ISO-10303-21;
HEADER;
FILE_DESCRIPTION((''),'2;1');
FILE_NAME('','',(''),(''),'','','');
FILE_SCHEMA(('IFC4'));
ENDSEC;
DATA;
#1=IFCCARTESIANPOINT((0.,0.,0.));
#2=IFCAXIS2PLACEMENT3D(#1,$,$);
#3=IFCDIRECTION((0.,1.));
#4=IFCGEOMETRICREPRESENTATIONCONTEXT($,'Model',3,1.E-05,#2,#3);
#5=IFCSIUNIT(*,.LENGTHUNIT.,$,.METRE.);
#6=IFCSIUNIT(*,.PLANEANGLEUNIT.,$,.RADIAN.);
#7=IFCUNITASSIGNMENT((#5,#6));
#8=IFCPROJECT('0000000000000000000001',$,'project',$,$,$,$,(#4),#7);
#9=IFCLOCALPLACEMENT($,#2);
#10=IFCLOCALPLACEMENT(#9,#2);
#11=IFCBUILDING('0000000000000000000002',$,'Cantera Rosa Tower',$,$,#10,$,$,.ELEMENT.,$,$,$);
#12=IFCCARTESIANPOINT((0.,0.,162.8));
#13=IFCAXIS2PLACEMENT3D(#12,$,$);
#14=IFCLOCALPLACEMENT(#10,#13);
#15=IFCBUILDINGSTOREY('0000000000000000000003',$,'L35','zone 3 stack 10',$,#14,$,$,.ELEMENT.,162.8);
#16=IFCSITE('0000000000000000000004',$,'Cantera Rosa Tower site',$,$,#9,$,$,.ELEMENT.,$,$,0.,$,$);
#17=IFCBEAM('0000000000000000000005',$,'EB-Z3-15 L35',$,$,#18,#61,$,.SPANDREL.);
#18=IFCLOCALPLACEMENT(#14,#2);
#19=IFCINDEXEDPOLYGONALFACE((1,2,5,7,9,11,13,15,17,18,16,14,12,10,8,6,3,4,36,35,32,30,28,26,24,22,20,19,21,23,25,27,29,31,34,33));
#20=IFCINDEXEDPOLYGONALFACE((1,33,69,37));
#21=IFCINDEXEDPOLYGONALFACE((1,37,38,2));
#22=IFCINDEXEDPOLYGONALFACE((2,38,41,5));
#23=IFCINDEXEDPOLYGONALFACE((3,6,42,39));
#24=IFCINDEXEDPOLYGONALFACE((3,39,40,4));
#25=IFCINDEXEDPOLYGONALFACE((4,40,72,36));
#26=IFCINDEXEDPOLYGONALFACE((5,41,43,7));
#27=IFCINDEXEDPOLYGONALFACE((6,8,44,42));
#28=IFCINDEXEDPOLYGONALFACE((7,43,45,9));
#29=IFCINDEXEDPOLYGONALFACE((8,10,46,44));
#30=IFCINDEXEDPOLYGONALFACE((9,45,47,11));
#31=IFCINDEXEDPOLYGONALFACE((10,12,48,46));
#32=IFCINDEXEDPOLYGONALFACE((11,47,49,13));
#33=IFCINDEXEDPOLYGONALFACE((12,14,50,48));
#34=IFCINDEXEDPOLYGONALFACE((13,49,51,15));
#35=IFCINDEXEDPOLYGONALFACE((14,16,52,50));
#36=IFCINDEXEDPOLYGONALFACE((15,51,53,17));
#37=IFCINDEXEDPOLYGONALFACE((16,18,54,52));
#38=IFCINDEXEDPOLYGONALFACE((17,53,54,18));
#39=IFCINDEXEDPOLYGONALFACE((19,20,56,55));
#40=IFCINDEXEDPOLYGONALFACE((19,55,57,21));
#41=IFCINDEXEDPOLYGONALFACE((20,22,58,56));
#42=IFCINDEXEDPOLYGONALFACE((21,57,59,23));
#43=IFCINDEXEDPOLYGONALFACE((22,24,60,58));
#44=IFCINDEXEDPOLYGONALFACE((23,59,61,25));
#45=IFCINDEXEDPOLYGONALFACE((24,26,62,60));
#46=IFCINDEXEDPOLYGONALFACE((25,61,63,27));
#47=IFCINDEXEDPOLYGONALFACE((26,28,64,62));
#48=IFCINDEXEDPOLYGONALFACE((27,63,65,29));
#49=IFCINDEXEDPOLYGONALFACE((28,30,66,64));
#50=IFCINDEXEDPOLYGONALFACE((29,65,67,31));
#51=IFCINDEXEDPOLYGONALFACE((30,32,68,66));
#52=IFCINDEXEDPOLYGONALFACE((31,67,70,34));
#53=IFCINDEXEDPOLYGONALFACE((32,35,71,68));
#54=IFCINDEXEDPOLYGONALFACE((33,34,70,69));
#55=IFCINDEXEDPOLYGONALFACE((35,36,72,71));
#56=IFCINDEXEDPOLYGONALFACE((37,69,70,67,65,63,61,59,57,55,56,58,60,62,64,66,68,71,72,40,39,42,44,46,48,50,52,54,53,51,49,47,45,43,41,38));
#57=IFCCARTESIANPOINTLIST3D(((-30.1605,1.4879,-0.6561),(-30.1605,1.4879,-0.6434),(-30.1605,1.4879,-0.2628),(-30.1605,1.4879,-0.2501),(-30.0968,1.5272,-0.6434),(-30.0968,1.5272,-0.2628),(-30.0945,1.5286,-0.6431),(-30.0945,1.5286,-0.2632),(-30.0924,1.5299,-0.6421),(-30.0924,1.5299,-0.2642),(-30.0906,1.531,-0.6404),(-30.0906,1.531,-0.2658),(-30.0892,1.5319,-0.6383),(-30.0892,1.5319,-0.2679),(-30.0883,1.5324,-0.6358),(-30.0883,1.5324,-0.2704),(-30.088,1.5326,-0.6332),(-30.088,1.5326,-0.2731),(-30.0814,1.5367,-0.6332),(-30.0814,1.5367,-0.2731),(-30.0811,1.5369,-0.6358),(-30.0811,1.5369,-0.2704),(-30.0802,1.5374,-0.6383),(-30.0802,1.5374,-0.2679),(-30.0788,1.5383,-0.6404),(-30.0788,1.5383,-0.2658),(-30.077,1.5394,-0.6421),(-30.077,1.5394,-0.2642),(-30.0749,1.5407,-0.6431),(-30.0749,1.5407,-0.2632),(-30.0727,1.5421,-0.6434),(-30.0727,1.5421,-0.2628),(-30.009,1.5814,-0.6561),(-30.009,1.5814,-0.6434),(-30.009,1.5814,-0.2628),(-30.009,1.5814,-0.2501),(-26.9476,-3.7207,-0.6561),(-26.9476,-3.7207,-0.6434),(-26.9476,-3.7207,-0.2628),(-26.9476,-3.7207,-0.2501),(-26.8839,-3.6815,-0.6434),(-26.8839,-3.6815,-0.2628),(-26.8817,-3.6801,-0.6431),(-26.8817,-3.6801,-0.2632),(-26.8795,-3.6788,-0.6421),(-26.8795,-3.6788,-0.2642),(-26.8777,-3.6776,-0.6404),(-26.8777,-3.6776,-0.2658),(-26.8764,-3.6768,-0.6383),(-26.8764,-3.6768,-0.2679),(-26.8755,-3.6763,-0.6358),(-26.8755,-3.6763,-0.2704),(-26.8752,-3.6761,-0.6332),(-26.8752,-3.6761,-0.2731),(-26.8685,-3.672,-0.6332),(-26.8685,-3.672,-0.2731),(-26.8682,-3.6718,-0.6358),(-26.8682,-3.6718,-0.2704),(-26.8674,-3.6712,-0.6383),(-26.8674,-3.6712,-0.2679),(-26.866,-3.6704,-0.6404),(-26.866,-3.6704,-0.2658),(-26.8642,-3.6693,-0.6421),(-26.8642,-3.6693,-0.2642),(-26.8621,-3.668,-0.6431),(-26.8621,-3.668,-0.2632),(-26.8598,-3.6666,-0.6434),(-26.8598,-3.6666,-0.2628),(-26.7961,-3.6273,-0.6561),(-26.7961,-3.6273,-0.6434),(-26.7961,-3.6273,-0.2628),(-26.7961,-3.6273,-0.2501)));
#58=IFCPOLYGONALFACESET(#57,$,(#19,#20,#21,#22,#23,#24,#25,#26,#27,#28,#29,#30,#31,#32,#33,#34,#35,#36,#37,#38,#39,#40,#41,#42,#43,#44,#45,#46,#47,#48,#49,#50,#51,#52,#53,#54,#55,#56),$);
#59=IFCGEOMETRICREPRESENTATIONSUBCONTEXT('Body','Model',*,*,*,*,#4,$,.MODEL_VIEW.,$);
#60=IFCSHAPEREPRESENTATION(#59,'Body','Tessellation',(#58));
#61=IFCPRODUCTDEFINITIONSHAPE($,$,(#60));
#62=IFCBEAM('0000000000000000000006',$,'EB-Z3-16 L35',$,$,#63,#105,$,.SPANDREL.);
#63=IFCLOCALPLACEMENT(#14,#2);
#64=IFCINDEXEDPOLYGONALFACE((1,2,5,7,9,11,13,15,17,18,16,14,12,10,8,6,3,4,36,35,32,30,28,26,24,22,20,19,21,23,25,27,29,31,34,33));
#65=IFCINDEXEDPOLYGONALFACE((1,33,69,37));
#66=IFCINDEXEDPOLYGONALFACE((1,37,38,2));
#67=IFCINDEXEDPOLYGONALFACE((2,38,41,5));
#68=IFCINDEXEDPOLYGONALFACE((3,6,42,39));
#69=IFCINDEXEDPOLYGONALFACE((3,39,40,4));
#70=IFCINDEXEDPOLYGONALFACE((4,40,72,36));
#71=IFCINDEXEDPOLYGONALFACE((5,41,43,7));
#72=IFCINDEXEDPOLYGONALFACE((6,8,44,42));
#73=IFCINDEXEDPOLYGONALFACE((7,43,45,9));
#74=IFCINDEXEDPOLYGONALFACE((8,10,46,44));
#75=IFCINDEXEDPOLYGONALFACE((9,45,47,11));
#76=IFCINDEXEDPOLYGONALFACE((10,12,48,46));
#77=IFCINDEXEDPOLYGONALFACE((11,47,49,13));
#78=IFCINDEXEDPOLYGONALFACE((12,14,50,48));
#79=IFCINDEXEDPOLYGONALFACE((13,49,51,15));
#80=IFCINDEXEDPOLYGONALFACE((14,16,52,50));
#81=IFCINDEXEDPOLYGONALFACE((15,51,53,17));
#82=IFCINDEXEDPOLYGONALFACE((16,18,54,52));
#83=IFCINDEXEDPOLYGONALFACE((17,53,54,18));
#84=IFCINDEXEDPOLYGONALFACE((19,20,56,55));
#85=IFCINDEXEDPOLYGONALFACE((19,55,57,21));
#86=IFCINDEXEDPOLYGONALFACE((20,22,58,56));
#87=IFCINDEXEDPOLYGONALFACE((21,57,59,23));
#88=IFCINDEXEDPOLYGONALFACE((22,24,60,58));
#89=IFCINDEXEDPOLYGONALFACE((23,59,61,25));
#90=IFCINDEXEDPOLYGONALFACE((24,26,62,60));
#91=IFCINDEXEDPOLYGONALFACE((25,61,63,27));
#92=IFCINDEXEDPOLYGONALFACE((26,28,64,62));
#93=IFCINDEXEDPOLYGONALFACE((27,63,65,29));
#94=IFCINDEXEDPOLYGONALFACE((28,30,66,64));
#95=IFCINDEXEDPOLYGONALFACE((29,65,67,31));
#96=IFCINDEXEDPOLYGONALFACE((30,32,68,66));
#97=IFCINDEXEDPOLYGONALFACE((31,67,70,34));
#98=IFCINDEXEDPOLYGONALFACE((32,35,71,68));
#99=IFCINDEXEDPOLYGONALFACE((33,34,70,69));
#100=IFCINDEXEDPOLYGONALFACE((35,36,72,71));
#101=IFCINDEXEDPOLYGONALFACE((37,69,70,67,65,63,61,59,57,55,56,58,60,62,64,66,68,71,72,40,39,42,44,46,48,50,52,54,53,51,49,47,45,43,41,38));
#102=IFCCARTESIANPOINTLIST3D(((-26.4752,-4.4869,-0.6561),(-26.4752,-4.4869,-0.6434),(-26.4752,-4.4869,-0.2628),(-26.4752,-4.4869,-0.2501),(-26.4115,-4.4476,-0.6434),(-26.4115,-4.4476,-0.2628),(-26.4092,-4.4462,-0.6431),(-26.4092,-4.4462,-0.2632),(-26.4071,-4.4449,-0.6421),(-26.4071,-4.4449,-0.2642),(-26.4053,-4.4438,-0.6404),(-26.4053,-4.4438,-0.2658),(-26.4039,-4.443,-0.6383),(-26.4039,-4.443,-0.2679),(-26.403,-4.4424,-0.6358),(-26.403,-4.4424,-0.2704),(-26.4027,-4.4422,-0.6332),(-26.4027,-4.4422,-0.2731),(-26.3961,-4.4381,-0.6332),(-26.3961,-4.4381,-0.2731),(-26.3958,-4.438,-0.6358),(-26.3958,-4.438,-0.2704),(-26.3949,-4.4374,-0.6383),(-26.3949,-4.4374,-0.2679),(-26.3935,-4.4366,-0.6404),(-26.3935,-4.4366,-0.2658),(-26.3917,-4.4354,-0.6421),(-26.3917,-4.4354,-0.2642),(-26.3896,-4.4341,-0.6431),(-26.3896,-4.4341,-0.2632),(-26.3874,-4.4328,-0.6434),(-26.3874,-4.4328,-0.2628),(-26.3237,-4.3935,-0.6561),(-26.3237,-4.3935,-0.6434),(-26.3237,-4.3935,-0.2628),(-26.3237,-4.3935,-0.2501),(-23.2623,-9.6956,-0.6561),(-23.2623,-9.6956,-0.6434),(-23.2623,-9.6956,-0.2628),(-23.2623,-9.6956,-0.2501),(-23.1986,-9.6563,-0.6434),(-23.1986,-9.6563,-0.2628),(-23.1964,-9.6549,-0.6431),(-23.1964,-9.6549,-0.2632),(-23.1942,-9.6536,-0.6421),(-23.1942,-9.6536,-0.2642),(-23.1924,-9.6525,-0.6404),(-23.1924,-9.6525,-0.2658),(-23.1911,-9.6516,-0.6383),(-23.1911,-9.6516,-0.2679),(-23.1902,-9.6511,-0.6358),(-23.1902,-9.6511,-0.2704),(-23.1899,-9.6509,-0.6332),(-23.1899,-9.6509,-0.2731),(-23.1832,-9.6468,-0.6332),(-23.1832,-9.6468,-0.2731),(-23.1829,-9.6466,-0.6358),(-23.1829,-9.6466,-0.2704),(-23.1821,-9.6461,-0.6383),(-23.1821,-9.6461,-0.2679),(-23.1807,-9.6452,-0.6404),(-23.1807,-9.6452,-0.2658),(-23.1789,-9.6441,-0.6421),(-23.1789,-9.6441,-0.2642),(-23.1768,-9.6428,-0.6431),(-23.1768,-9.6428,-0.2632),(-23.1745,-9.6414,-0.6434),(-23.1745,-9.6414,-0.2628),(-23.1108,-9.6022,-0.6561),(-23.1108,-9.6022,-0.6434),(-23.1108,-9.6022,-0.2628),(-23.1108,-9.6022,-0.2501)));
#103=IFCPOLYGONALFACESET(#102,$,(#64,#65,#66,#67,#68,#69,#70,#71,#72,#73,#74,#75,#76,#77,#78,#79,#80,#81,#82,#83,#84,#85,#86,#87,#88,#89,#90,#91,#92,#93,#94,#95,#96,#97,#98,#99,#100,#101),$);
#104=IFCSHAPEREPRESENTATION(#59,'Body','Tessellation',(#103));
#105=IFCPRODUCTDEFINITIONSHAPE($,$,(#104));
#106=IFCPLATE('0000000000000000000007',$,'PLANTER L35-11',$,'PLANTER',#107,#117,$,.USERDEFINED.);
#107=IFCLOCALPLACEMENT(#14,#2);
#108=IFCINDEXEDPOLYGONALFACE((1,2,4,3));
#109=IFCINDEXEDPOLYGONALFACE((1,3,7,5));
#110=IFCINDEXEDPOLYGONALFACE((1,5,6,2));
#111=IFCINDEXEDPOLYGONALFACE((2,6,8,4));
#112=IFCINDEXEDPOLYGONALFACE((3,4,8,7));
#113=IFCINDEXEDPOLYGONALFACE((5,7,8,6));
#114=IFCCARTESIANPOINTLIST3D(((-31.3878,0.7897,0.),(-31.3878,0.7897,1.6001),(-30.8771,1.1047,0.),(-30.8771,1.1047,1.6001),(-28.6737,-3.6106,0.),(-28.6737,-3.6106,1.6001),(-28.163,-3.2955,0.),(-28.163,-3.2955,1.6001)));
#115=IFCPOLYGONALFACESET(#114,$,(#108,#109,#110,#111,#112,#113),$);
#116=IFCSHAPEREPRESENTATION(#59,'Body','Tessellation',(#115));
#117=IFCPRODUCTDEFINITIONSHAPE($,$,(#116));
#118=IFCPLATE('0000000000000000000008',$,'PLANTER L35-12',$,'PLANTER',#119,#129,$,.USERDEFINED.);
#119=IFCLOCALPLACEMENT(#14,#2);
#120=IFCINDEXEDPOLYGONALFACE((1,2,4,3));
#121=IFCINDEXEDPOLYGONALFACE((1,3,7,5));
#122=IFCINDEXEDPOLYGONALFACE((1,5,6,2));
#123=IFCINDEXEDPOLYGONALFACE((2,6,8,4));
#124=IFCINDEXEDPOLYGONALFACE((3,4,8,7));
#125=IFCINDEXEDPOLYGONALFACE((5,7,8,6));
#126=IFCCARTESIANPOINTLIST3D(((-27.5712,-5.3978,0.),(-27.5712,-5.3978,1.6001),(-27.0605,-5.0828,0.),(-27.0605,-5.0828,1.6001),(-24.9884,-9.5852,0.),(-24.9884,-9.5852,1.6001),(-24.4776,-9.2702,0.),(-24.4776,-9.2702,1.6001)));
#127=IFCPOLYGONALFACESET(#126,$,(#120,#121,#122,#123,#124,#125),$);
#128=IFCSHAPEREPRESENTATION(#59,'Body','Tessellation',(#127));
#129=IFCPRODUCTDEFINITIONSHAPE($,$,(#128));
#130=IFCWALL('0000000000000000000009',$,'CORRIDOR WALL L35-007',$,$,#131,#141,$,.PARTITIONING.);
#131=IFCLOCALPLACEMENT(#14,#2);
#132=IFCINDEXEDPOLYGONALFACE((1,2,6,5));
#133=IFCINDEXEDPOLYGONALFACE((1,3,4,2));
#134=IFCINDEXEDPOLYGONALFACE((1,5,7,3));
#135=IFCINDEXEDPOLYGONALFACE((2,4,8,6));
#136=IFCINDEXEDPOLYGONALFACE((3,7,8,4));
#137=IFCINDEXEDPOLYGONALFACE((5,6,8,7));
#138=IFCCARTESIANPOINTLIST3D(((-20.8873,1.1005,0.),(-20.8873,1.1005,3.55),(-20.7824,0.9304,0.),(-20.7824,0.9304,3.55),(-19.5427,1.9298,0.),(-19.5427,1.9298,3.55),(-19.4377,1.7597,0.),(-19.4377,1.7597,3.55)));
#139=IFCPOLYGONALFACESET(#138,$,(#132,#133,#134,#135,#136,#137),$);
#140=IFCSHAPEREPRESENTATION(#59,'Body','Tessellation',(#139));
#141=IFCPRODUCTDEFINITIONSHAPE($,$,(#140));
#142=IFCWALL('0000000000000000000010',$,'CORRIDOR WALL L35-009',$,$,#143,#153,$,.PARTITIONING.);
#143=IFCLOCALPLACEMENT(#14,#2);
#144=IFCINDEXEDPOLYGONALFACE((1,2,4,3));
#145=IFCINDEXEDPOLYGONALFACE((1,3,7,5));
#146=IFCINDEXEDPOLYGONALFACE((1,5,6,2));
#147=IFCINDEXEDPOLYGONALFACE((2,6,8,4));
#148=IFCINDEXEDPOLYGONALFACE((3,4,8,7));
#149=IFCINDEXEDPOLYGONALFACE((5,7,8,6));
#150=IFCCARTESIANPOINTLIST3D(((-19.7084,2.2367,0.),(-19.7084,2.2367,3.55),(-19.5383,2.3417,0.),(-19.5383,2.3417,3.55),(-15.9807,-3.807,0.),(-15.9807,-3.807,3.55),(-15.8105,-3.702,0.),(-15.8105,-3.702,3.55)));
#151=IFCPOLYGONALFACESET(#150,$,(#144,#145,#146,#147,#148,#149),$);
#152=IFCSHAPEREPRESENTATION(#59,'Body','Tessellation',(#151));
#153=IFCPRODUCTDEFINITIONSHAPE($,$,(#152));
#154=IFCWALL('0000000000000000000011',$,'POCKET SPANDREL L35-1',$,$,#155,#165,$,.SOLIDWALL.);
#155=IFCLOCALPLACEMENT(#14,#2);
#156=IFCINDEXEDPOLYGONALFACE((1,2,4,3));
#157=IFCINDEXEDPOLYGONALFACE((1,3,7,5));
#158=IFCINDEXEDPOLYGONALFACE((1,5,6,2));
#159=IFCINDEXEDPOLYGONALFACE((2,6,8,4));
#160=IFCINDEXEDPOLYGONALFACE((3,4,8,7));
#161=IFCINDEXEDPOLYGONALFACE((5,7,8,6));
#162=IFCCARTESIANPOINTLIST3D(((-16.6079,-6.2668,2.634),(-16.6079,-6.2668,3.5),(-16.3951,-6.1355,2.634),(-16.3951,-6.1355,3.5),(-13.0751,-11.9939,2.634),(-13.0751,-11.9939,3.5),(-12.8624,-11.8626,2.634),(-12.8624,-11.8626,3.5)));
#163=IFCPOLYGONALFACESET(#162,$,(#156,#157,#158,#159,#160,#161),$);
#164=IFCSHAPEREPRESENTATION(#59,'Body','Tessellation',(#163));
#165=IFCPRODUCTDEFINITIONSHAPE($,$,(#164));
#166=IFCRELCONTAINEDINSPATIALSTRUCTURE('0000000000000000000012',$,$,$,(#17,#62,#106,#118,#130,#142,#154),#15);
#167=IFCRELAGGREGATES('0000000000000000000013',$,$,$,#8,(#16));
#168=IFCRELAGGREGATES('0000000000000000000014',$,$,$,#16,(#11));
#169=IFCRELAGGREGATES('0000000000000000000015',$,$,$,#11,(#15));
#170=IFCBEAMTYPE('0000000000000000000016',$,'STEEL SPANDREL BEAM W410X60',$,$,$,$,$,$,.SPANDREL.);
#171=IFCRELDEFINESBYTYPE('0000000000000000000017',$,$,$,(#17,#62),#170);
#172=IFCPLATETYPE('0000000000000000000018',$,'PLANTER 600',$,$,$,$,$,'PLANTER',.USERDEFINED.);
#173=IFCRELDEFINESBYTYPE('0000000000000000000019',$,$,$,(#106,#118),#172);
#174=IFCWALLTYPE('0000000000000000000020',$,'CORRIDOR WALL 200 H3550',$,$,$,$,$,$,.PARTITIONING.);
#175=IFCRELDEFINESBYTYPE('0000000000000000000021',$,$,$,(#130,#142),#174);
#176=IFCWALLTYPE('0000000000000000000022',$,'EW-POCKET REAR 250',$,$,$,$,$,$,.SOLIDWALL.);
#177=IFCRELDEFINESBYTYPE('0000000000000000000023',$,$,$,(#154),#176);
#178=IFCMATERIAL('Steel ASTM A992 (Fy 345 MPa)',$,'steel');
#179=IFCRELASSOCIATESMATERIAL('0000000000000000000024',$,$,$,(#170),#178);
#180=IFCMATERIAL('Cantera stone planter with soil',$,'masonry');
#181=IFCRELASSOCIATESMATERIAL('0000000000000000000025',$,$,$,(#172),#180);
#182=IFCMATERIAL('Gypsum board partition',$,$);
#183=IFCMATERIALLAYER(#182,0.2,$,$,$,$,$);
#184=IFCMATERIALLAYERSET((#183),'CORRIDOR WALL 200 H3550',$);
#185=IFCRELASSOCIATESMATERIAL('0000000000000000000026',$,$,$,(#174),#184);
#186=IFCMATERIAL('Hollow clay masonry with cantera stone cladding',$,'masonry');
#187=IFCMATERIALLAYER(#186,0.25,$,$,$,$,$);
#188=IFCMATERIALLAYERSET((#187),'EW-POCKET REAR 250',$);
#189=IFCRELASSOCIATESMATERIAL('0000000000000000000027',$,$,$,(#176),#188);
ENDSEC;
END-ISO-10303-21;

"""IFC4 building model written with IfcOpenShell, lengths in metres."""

from ifc_helpers import new_model, si_unit, direction, frame, frame_2d, origin, origin_2d, place, context, subcontext, project, spatial, rectangle, i_section, extrude, material, layer, layer_set, material_profile, profile_set, type_object, element, save


model = new_model("IFC4")

# Units and contexts
model_context = context("Model", 3, precision=1e-05, world=origin(), true_north=direction((0.0, 1.0)))
body_context = subcontext(model_context, "Body", "Model", "MODEL_VIEW")
ifc_project = project(units=[si_unit("LENGTHUNIT", "METRE"), si_unit("PLANEANGLEUNIT", "RADIAN")], contexts=[model_context])

# Site, building, storey
site_placement = place(None, origin())
site = spatial("IfcSite", under=ifc_project, at=site_placement, Name="Cantera Rosa Tower site", CompositionType="ELEMENT", RefElevation=0.0)
building_placement = place(site_placement, origin())
building = spatial("IfcBuilding", under=site, at=building_placement, Name="Cantera Rosa Tower", CompositionType="ELEMENT")
storey_placement = place(building_placement, frame((0.0, 0.0, 162.8)))
storey = spatial("IfcBuildingStorey", under=building, at=storey_placement, Name="L35", Description="zone 3 stack 10", CompositionType="ELEMENT", Elevation=162.8)

# Beams
ifc_material_1 = material(Name="Steel ASTM A992 (Fy 345 MPa)", Category="steel")
ifc_material_profile_1 = material_profile(ifc_material_1, i_section(OverallWidth=0.178, OverallDepth=0.406, WebThickness=0.0078, FlangeThickness=0.0127, FilletRadius=0.0103, at=origin_2d()), Name="W410X60")
ifc_profile_set_1 = profile_set([ifc_material_profile_1], Name="Steel ASTM A992 (Fy 345 MPa)")
beam_type_1 = type_object("IfcBeamType", Name="STEEL SPANDREL BEAM W410X60", PredefinedType="SPANDREL", material=ifc_profile_set_1)
for number, where, z_axis, x_axis, name in (
    (1, (-30.0847, 1.5347, -0.4531), (0.524987, -0.85111, 0.0), (0.85111, 0.524987, 0.0), "EB-Z3-15 L35"),
    (2, (-26.3994, -4.4402, -0.4531), (0.524987, -0.85111, 0.0), (0.85111, 0.524987, 0.0), "EB-Z3-16 L35"),
):
    element("IfcBeam", number, at=place(storey_placement, frame(where, z_axis=z_axis, x_axis=x_axis)), inside=storey, type_object=beam_type_1, Name=name, PredefinedType="SPANDREL", context=body_context, shape_type="SweptSolid", body=[
        extrude(i_section(OverallWidth=0.178, OverallDepth=0.406, WebThickness=0.0078, FlangeThickness=0.0127, FilletRadius=0.0103, at=origin_2d()), origin(), (0.0, 0.0, 1.0), 6.1199),
    ])

# Plates
ifc_material_2 = material(Name="Cantera stone planter with soil", Category="masonry")
plate_type = type_object("IfcPlateType", Name="PLANTER 600", ElementType="PLANTER", PredefinedType="USERDEFINED", material=ifc_material_2)
plate_1_placement = place(storey_placement, frame((-29.7754, -1.2529, 0.0), z_axis=(0.0, 0.0, 1.0), x_axis=(0.524977, -0.851117, 0.0)))
element("IfcPlate", 3, at=plate_1_placement, inside=storey, type_object=plate_type, Name="PLANTER L35-11", ObjectType="PLANTER", PredefinedType="USERDEFINED", context=body_context, shape_type="SweptSolid", body=[
    extrude(rectangle(XDim=5.1699, YDim=0.6001, at=origin_2d()), origin(), (0.0, 0.0, 1.0), 1.6001),
])
plate_2_placement = place(storey_placement, frame((-26.0244, -7.334, 0.0), z_axis=(0.0, 0.0, 1.0), x_axis=(0.524977, -0.851117, 0.0)))
element("IfcPlate", 4, at=plate_2_placement, inside=storey, type_object=plate_type, Name="PLANTER L35-12", ObjectType="PLANTER", PredefinedType="USERDEFINED", context=body_context, shape_type="SweptSolid", body=[
    extrude(rectangle(XDim=4.9199, YDim=0.6001, at=origin_2d()), origin(), (0.0, 0.0, 1.0), 1.6001),
])

# Walls
ifc_material_3 = material(Name="Gypsum board partition")
ifc_layer_1 = layer(ifc_material_3, 0.2)
ifc_layer_set_1 = layer_set([ifc_layer_1], Name="CORRIDOR WALL 200 H3550")
wall_type_1 = type_object("IfcWallType", Name="CORRIDOR WALL 200 H3550", PredefinedType="PARTITIONING", material=ifc_layer_set_1)
wall_1_placement = place(storey_placement, frame((-20.835, 1.0154, 0.0), z_axis=(0.0, 0.0, 1.0), x_axis=(0.851143, 0.524933, 0.0)))
element("IfcWall", 5, at=wall_1_placement, inside=storey, type_object=wall_type_1, Name="CORRIDOR WALL L35-007", PredefinedType="PARTITIONING", context=body_context, shape_type="SweptSolid", body=[
    extrude(rectangle(XDim=1.5798, YDim=0.2, at=frame_2d((0.79, 0.0))), origin(), (0.0, 0.0, 1.0), 3.55),
])
wall_2_placement = place(storey_placement, frame((-19.6233, 2.2891, 0.0), z_axis=(0.0, 0.0, 1.0), x_axis=(0.524974, -0.851118, 0.0)))
element("IfcWall", 6, at=wall_2_placement, inside=storey, type_object=wall_type_1, Name="CORRIDOR WALL L35-009", PredefinedType="PARTITIONING", context=body_context, shape_type="SweptSolid", body=[
    extrude(rectangle(XDim=7.1008, YDim=0.2, at=frame_2d((3.5503, 0.0))), origin(), (0.0, 0.0, 1.0), 3.55),
])

# Wall
ifc_material_4 = material(Name="Hollow clay masonry with cantera stone cladding", Category="masonry")
ifc_layer_2 = layer(ifc_material_4, 0.25)
ifc_layer_set_2 = layer_set([ifc_layer_2], Name="EW-POCKET REAR 250")
wall_type_2 = type_object("IfcWallType", Name="EW-POCKET REAR 250", PredefinedType="SOLIDWALL", material=ifc_layer_set_2)
wall_3_placement = place(storey_placement, frame((-16.5015, -6.2012, 2.634), z_axis=(0.0, 0.0, 1.0), x_axis=(0.525, -0.851102, 0.0)))
element("IfcWall", 7, at=wall_3_placement, inside=storey, type_object=wall_type_2, Name="POCKET SPANDREL L35-1", PredefinedType="SOLIDWALL", context=body_context, shape_type="SweptSolid", body=[
    extrude(rectangle(XDim=6.729, YDim=0.25, at=frame_2d((3.3645, 0.0))), origin(), (0.0, 0.0, 1.0), 0.866),
])

save(model, "model.ifc")
